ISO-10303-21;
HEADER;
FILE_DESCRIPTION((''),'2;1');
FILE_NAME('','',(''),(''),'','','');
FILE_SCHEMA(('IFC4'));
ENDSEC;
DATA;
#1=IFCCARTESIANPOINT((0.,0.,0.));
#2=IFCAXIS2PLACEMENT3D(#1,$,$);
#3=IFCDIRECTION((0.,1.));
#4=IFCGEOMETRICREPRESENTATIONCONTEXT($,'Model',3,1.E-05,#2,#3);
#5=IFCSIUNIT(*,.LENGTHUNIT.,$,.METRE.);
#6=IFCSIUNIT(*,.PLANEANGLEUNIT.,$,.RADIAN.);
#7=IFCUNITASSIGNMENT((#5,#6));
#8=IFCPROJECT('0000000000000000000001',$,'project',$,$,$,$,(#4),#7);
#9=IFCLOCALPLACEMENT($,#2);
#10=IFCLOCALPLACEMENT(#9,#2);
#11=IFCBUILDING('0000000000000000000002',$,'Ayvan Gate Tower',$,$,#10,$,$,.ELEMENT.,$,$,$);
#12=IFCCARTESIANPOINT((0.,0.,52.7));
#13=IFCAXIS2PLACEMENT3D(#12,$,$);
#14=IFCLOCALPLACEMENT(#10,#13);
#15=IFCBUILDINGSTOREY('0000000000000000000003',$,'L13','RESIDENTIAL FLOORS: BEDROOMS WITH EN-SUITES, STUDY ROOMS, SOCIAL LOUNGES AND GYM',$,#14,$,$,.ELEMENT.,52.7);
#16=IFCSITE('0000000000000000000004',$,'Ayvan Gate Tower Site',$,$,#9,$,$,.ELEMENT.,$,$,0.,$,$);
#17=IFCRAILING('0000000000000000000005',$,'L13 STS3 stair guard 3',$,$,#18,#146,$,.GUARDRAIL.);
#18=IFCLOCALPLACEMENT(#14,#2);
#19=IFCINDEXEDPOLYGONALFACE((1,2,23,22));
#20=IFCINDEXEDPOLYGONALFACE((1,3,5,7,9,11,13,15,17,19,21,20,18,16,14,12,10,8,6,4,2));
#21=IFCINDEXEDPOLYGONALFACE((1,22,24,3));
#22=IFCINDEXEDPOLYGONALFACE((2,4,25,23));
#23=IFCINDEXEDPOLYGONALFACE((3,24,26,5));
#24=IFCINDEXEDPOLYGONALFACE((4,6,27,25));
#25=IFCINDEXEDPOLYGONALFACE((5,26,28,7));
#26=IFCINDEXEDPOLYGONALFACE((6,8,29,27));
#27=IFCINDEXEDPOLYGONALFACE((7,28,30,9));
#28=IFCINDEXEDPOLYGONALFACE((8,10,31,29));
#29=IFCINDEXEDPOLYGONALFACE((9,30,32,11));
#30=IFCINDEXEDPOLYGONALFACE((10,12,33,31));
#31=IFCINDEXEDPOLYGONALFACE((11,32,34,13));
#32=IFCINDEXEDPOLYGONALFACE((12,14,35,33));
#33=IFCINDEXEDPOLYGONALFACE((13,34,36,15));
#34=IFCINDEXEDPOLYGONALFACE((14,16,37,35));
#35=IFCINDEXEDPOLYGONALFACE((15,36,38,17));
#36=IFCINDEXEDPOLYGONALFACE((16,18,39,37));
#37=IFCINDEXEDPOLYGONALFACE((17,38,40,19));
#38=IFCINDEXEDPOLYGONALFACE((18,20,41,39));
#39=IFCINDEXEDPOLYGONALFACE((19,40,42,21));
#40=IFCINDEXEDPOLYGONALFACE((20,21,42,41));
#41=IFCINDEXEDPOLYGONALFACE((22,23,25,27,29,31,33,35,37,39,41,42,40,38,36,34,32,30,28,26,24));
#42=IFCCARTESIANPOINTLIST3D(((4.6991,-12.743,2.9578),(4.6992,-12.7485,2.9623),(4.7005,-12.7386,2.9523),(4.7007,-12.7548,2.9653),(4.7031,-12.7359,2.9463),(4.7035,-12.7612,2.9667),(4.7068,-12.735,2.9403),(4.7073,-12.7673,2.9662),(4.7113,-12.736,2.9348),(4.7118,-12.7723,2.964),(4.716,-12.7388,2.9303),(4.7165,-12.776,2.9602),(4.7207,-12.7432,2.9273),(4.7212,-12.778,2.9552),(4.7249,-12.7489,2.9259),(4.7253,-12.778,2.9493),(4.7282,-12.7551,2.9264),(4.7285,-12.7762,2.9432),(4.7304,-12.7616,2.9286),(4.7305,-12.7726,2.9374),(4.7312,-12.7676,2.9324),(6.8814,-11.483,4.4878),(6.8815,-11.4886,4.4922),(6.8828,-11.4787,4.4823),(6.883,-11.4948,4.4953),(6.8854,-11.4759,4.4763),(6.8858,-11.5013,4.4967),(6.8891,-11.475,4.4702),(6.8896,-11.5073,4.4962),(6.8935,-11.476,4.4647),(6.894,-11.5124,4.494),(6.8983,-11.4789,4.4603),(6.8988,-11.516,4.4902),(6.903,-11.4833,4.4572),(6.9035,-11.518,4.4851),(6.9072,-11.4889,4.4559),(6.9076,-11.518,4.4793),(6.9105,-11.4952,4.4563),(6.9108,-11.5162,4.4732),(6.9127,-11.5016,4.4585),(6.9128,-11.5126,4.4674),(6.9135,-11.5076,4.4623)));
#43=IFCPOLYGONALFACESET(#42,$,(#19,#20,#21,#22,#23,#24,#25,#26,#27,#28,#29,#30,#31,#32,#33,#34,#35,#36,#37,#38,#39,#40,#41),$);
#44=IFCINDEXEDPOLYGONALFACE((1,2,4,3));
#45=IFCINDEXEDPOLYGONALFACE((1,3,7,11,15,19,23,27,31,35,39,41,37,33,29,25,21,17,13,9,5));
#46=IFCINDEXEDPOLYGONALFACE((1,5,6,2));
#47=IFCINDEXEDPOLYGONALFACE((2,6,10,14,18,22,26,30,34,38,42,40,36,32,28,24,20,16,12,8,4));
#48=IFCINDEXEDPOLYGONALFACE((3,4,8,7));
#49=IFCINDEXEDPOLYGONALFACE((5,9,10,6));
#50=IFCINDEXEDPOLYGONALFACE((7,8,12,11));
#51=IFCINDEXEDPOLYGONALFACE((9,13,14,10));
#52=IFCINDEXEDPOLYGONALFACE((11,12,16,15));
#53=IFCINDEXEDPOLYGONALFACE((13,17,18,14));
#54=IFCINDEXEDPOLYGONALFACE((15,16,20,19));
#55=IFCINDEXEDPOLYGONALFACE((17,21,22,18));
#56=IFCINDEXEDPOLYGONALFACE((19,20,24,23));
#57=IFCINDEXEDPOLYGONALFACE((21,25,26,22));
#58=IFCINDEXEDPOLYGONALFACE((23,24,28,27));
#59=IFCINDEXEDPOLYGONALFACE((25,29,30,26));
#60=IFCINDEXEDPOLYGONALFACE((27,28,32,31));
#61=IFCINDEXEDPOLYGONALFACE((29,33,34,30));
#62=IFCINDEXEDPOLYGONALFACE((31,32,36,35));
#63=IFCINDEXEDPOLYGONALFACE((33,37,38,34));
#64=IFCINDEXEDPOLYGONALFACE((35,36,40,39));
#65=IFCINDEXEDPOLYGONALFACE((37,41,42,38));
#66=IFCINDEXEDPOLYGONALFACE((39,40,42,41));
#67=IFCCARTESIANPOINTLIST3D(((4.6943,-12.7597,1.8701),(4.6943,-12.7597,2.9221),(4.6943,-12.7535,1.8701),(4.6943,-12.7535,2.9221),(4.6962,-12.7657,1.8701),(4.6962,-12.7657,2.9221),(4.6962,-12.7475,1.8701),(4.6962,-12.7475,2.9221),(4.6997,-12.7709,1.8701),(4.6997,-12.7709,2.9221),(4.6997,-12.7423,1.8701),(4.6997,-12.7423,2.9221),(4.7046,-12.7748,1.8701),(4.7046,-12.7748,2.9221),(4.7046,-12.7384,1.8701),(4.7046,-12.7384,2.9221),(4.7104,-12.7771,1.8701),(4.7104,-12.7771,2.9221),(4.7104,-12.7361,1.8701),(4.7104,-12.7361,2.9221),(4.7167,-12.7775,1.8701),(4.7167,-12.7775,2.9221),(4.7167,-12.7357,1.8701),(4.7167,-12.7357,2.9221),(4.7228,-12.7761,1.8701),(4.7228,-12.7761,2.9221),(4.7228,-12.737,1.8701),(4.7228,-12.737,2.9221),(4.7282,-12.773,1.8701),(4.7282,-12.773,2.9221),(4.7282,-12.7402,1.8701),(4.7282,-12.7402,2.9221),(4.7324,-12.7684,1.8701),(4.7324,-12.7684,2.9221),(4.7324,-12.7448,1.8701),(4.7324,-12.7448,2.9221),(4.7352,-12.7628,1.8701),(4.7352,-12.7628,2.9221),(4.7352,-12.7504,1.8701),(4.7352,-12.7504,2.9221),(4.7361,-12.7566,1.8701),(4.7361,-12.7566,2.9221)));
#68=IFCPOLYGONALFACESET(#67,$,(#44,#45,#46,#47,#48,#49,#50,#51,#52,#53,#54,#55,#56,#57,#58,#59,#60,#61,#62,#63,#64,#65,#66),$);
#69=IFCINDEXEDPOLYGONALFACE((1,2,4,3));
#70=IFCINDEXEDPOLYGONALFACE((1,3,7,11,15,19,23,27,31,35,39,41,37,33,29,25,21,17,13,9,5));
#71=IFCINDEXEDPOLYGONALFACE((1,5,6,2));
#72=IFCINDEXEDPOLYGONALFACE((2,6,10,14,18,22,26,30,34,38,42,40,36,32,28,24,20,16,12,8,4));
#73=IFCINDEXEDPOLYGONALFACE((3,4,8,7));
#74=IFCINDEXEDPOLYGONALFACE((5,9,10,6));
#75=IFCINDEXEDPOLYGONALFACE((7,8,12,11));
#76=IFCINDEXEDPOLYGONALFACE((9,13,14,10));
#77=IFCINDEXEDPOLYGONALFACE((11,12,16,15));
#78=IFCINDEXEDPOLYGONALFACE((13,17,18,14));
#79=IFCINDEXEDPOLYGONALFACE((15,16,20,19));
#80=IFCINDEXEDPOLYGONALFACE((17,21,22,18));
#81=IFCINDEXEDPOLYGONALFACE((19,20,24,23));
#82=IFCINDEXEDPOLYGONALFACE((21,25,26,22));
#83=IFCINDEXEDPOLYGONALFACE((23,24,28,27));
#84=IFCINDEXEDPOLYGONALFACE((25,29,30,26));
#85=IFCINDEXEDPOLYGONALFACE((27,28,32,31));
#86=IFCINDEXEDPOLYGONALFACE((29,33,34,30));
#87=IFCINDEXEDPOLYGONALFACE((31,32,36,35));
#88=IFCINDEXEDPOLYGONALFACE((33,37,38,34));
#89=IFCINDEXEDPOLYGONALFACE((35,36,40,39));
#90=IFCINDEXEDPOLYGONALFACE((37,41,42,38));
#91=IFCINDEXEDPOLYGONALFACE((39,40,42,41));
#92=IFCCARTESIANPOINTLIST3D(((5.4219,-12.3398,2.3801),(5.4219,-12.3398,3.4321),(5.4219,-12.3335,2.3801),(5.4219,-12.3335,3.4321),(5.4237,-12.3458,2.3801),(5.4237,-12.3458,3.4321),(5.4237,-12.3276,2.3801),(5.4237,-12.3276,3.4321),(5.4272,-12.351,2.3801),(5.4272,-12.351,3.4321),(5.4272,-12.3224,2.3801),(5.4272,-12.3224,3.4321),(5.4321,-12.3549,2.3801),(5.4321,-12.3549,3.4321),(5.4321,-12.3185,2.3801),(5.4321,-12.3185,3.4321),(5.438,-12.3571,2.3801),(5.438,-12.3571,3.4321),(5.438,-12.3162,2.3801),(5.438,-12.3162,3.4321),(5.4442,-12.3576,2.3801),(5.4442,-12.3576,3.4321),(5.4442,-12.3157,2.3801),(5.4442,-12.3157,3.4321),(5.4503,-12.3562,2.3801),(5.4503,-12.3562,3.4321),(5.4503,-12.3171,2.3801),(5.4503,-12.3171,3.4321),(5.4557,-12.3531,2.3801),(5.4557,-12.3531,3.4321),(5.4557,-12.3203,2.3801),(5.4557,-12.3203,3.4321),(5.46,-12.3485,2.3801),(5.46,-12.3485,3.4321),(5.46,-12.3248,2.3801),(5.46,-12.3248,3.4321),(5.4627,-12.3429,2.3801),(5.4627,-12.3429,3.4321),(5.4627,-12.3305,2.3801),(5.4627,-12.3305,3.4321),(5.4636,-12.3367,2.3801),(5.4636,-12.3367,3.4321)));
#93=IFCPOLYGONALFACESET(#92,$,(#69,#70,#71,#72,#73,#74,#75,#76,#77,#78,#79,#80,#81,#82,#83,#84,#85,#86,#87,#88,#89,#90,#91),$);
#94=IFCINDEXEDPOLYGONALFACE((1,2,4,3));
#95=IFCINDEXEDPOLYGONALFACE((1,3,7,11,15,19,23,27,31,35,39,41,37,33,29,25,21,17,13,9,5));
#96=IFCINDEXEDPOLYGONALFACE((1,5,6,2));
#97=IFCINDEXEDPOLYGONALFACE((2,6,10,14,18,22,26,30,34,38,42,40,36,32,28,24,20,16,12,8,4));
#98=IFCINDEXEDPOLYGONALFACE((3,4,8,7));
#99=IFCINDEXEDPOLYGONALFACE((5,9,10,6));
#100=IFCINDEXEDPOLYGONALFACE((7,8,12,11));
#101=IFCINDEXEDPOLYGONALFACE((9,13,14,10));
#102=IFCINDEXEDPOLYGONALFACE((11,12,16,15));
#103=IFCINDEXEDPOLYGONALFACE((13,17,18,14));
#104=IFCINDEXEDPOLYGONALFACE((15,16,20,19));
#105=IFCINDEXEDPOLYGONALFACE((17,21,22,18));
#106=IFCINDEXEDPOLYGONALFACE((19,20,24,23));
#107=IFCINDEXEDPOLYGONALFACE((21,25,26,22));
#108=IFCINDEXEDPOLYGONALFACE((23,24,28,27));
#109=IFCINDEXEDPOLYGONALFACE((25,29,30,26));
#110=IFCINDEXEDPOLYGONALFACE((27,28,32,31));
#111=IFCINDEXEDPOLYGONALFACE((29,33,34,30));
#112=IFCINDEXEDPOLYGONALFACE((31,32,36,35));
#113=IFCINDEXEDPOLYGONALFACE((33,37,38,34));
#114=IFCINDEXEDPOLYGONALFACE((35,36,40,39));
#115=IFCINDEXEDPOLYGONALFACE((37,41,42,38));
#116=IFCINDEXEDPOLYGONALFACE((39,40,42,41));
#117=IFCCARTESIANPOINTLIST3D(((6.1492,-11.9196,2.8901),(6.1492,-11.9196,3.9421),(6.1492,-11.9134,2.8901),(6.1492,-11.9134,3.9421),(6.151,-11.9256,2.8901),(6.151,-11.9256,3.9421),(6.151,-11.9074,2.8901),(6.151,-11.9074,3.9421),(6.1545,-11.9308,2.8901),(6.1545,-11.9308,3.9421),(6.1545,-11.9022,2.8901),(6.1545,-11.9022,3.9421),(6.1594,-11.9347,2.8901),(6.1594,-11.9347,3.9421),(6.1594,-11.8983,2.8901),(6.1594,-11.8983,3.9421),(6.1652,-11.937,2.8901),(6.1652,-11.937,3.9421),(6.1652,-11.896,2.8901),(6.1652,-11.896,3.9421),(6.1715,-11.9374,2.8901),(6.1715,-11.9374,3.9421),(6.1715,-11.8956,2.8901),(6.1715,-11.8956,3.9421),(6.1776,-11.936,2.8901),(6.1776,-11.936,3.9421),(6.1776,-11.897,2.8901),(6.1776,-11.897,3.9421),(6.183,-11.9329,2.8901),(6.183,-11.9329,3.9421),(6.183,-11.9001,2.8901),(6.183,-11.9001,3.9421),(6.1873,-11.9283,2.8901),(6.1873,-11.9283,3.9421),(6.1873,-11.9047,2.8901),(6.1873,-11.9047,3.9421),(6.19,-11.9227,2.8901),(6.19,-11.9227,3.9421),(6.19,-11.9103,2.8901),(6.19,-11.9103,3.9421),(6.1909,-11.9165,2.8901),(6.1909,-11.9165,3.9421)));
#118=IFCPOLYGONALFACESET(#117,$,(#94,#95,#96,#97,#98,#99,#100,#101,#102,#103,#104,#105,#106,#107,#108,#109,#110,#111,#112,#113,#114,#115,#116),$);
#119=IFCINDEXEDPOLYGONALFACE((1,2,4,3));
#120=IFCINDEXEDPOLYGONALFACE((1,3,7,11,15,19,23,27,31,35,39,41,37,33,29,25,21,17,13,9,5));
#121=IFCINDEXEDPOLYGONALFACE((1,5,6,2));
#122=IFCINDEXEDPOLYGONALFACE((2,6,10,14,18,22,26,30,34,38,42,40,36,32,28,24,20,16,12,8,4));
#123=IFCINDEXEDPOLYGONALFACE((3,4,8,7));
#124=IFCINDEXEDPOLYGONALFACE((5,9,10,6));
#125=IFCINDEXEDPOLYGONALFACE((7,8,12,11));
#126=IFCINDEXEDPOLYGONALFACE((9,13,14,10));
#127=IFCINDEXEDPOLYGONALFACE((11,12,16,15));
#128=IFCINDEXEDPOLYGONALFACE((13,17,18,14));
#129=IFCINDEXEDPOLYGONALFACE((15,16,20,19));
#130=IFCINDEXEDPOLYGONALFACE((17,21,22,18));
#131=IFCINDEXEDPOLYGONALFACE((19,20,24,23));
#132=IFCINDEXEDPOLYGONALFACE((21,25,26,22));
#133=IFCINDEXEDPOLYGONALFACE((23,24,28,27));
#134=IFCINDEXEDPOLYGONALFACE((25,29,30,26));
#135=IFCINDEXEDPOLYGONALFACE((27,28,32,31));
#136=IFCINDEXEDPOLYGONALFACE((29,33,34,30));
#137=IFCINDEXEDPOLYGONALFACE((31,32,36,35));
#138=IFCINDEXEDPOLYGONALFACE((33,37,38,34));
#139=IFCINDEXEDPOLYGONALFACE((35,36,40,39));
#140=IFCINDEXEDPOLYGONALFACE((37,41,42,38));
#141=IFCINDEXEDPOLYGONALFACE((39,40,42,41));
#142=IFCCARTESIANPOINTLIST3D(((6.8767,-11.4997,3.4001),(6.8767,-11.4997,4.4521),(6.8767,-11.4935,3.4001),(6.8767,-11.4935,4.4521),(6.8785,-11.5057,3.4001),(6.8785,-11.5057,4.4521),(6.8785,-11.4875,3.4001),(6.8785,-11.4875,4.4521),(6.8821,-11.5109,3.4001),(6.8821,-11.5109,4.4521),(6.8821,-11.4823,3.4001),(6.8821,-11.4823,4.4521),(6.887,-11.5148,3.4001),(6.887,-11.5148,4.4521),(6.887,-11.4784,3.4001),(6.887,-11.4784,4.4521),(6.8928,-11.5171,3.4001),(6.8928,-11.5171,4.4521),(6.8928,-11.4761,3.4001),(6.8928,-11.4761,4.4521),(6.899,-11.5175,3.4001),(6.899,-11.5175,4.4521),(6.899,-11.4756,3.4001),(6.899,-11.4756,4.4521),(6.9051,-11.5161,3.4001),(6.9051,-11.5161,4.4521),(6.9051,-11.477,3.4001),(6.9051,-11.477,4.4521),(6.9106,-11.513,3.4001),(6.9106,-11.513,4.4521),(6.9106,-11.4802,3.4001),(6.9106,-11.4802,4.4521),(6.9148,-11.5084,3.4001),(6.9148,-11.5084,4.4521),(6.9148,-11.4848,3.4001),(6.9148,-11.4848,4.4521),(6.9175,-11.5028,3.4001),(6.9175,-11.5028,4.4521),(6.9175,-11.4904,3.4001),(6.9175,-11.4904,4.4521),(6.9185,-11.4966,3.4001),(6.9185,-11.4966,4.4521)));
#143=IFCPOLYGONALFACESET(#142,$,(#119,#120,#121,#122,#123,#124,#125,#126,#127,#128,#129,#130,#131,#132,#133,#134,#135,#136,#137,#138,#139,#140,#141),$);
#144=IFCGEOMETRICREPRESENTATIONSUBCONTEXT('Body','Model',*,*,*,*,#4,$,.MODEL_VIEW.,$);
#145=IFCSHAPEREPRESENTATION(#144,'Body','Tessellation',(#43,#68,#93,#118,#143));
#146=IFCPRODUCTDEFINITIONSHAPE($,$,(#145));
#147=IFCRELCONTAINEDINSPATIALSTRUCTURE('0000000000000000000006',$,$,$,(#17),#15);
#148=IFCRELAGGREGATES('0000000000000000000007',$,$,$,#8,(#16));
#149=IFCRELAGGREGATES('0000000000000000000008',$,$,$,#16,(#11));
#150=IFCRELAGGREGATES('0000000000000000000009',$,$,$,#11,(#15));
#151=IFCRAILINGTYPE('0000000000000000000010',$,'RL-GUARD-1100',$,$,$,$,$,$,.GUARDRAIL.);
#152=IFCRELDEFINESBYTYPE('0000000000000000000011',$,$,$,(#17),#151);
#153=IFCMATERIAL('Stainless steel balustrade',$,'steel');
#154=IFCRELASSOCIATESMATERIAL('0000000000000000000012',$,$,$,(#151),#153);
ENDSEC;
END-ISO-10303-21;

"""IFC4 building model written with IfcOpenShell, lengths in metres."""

from ifc_helpers import new_model, si_unit, direction, frame, origin, origin_2d, place, context, subcontext, project, spatial, circle, extrude, material, type_object, element, save


model = new_model("IFC4")

# Units and contexts
model_context = context("Model", 3, precision=1e-05, world=origin(), true_north=direction((0.0, 1.0)))
body_context = subcontext(model_context, "Body", "Model", "MODEL_VIEW")
ifc_project = project(units=[si_unit("LENGTHUNIT", "METRE"), si_unit("PLANEANGLEUNIT", "RADIAN")], contexts=[model_context])

# Site, building, storey
site_placement = place(None, origin())
site = spatial("IfcSite", under=ifc_project, at=site_placement, Name="Ayvan Gate Tower Site", CompositionType="ELEMENT", RefElevation=0.0)
building_placement = place(site_placement, origin())
building = spatial("IfcBuilding", under=site, at=building_placement, Name="Ayvan Gate Tower", CompositionType="ELEMENT")
storey_placement = place(building_placement, frame((0.0, 0.0, 52.7)))
storey = spatial("IfcBuildingStorey", under=building, at=storey_placement, Name="L13", Description="RESIDENTIAL FLOORS: BEDROOMS WITH EN-SUITES, STUDY ROOMS, SOCIAL LOUNGES AND GYM", CompositionType="ELEMENT", Elevation=52.7)

# Railing
ifc_material_1 = material(Name="Stainless steel balustrade", Category="steel")
railing_type_1 = type_object("IfcRailingType", Name="RL-GUARD-1100", PredefinedType="GUARDRAIL", material=ifc_material_1)
railing_1_placement = place(storey_placement, frame((4.7151, -12.7566, 1.8701)))
element("IfcRailing", 1, at=railing_1_placement, inside=storey, type_object=railing_type_1, Name="L13 STS3 stair guard 3", PredefinedType="GUARDRAIL", context=body_context, shape_type="SweptSolid", body=[
    extrude(circle(Radius=0.0239, at=origin_2d()), frame((0.0, 0.0, 1.0762), z_axis=(0.740261, 0.427395, 0.518986), x_axis=(-0.500005, 0.866023, 0.0)), (0.0, 0.0, 1.0), 2.948),
    extrude(circle(Radius=0.021, at=origin_2d()), origin(), (0.0, 0.0, 1.0), 1.052),
    extrude(circle(Radius=0.021, at=origin_2d()), frame((0.7275, 0.4199, 0.51)), (0.0, 0.0, 1.0), 1.052),
    extrude(circle(Radius=0.021, at=origin_2d()), frame((1.4548, 0.8401, 1.02)), (0.0, 0.0, 1.0), 1.052),
    extrude(circle(Radius=0.021, at=origin_2d()), frame((2.1824, 1.26, 1.53)), (0.0, 0.0, 1.0), 1.052),
])

save(model, "model.ifc")
